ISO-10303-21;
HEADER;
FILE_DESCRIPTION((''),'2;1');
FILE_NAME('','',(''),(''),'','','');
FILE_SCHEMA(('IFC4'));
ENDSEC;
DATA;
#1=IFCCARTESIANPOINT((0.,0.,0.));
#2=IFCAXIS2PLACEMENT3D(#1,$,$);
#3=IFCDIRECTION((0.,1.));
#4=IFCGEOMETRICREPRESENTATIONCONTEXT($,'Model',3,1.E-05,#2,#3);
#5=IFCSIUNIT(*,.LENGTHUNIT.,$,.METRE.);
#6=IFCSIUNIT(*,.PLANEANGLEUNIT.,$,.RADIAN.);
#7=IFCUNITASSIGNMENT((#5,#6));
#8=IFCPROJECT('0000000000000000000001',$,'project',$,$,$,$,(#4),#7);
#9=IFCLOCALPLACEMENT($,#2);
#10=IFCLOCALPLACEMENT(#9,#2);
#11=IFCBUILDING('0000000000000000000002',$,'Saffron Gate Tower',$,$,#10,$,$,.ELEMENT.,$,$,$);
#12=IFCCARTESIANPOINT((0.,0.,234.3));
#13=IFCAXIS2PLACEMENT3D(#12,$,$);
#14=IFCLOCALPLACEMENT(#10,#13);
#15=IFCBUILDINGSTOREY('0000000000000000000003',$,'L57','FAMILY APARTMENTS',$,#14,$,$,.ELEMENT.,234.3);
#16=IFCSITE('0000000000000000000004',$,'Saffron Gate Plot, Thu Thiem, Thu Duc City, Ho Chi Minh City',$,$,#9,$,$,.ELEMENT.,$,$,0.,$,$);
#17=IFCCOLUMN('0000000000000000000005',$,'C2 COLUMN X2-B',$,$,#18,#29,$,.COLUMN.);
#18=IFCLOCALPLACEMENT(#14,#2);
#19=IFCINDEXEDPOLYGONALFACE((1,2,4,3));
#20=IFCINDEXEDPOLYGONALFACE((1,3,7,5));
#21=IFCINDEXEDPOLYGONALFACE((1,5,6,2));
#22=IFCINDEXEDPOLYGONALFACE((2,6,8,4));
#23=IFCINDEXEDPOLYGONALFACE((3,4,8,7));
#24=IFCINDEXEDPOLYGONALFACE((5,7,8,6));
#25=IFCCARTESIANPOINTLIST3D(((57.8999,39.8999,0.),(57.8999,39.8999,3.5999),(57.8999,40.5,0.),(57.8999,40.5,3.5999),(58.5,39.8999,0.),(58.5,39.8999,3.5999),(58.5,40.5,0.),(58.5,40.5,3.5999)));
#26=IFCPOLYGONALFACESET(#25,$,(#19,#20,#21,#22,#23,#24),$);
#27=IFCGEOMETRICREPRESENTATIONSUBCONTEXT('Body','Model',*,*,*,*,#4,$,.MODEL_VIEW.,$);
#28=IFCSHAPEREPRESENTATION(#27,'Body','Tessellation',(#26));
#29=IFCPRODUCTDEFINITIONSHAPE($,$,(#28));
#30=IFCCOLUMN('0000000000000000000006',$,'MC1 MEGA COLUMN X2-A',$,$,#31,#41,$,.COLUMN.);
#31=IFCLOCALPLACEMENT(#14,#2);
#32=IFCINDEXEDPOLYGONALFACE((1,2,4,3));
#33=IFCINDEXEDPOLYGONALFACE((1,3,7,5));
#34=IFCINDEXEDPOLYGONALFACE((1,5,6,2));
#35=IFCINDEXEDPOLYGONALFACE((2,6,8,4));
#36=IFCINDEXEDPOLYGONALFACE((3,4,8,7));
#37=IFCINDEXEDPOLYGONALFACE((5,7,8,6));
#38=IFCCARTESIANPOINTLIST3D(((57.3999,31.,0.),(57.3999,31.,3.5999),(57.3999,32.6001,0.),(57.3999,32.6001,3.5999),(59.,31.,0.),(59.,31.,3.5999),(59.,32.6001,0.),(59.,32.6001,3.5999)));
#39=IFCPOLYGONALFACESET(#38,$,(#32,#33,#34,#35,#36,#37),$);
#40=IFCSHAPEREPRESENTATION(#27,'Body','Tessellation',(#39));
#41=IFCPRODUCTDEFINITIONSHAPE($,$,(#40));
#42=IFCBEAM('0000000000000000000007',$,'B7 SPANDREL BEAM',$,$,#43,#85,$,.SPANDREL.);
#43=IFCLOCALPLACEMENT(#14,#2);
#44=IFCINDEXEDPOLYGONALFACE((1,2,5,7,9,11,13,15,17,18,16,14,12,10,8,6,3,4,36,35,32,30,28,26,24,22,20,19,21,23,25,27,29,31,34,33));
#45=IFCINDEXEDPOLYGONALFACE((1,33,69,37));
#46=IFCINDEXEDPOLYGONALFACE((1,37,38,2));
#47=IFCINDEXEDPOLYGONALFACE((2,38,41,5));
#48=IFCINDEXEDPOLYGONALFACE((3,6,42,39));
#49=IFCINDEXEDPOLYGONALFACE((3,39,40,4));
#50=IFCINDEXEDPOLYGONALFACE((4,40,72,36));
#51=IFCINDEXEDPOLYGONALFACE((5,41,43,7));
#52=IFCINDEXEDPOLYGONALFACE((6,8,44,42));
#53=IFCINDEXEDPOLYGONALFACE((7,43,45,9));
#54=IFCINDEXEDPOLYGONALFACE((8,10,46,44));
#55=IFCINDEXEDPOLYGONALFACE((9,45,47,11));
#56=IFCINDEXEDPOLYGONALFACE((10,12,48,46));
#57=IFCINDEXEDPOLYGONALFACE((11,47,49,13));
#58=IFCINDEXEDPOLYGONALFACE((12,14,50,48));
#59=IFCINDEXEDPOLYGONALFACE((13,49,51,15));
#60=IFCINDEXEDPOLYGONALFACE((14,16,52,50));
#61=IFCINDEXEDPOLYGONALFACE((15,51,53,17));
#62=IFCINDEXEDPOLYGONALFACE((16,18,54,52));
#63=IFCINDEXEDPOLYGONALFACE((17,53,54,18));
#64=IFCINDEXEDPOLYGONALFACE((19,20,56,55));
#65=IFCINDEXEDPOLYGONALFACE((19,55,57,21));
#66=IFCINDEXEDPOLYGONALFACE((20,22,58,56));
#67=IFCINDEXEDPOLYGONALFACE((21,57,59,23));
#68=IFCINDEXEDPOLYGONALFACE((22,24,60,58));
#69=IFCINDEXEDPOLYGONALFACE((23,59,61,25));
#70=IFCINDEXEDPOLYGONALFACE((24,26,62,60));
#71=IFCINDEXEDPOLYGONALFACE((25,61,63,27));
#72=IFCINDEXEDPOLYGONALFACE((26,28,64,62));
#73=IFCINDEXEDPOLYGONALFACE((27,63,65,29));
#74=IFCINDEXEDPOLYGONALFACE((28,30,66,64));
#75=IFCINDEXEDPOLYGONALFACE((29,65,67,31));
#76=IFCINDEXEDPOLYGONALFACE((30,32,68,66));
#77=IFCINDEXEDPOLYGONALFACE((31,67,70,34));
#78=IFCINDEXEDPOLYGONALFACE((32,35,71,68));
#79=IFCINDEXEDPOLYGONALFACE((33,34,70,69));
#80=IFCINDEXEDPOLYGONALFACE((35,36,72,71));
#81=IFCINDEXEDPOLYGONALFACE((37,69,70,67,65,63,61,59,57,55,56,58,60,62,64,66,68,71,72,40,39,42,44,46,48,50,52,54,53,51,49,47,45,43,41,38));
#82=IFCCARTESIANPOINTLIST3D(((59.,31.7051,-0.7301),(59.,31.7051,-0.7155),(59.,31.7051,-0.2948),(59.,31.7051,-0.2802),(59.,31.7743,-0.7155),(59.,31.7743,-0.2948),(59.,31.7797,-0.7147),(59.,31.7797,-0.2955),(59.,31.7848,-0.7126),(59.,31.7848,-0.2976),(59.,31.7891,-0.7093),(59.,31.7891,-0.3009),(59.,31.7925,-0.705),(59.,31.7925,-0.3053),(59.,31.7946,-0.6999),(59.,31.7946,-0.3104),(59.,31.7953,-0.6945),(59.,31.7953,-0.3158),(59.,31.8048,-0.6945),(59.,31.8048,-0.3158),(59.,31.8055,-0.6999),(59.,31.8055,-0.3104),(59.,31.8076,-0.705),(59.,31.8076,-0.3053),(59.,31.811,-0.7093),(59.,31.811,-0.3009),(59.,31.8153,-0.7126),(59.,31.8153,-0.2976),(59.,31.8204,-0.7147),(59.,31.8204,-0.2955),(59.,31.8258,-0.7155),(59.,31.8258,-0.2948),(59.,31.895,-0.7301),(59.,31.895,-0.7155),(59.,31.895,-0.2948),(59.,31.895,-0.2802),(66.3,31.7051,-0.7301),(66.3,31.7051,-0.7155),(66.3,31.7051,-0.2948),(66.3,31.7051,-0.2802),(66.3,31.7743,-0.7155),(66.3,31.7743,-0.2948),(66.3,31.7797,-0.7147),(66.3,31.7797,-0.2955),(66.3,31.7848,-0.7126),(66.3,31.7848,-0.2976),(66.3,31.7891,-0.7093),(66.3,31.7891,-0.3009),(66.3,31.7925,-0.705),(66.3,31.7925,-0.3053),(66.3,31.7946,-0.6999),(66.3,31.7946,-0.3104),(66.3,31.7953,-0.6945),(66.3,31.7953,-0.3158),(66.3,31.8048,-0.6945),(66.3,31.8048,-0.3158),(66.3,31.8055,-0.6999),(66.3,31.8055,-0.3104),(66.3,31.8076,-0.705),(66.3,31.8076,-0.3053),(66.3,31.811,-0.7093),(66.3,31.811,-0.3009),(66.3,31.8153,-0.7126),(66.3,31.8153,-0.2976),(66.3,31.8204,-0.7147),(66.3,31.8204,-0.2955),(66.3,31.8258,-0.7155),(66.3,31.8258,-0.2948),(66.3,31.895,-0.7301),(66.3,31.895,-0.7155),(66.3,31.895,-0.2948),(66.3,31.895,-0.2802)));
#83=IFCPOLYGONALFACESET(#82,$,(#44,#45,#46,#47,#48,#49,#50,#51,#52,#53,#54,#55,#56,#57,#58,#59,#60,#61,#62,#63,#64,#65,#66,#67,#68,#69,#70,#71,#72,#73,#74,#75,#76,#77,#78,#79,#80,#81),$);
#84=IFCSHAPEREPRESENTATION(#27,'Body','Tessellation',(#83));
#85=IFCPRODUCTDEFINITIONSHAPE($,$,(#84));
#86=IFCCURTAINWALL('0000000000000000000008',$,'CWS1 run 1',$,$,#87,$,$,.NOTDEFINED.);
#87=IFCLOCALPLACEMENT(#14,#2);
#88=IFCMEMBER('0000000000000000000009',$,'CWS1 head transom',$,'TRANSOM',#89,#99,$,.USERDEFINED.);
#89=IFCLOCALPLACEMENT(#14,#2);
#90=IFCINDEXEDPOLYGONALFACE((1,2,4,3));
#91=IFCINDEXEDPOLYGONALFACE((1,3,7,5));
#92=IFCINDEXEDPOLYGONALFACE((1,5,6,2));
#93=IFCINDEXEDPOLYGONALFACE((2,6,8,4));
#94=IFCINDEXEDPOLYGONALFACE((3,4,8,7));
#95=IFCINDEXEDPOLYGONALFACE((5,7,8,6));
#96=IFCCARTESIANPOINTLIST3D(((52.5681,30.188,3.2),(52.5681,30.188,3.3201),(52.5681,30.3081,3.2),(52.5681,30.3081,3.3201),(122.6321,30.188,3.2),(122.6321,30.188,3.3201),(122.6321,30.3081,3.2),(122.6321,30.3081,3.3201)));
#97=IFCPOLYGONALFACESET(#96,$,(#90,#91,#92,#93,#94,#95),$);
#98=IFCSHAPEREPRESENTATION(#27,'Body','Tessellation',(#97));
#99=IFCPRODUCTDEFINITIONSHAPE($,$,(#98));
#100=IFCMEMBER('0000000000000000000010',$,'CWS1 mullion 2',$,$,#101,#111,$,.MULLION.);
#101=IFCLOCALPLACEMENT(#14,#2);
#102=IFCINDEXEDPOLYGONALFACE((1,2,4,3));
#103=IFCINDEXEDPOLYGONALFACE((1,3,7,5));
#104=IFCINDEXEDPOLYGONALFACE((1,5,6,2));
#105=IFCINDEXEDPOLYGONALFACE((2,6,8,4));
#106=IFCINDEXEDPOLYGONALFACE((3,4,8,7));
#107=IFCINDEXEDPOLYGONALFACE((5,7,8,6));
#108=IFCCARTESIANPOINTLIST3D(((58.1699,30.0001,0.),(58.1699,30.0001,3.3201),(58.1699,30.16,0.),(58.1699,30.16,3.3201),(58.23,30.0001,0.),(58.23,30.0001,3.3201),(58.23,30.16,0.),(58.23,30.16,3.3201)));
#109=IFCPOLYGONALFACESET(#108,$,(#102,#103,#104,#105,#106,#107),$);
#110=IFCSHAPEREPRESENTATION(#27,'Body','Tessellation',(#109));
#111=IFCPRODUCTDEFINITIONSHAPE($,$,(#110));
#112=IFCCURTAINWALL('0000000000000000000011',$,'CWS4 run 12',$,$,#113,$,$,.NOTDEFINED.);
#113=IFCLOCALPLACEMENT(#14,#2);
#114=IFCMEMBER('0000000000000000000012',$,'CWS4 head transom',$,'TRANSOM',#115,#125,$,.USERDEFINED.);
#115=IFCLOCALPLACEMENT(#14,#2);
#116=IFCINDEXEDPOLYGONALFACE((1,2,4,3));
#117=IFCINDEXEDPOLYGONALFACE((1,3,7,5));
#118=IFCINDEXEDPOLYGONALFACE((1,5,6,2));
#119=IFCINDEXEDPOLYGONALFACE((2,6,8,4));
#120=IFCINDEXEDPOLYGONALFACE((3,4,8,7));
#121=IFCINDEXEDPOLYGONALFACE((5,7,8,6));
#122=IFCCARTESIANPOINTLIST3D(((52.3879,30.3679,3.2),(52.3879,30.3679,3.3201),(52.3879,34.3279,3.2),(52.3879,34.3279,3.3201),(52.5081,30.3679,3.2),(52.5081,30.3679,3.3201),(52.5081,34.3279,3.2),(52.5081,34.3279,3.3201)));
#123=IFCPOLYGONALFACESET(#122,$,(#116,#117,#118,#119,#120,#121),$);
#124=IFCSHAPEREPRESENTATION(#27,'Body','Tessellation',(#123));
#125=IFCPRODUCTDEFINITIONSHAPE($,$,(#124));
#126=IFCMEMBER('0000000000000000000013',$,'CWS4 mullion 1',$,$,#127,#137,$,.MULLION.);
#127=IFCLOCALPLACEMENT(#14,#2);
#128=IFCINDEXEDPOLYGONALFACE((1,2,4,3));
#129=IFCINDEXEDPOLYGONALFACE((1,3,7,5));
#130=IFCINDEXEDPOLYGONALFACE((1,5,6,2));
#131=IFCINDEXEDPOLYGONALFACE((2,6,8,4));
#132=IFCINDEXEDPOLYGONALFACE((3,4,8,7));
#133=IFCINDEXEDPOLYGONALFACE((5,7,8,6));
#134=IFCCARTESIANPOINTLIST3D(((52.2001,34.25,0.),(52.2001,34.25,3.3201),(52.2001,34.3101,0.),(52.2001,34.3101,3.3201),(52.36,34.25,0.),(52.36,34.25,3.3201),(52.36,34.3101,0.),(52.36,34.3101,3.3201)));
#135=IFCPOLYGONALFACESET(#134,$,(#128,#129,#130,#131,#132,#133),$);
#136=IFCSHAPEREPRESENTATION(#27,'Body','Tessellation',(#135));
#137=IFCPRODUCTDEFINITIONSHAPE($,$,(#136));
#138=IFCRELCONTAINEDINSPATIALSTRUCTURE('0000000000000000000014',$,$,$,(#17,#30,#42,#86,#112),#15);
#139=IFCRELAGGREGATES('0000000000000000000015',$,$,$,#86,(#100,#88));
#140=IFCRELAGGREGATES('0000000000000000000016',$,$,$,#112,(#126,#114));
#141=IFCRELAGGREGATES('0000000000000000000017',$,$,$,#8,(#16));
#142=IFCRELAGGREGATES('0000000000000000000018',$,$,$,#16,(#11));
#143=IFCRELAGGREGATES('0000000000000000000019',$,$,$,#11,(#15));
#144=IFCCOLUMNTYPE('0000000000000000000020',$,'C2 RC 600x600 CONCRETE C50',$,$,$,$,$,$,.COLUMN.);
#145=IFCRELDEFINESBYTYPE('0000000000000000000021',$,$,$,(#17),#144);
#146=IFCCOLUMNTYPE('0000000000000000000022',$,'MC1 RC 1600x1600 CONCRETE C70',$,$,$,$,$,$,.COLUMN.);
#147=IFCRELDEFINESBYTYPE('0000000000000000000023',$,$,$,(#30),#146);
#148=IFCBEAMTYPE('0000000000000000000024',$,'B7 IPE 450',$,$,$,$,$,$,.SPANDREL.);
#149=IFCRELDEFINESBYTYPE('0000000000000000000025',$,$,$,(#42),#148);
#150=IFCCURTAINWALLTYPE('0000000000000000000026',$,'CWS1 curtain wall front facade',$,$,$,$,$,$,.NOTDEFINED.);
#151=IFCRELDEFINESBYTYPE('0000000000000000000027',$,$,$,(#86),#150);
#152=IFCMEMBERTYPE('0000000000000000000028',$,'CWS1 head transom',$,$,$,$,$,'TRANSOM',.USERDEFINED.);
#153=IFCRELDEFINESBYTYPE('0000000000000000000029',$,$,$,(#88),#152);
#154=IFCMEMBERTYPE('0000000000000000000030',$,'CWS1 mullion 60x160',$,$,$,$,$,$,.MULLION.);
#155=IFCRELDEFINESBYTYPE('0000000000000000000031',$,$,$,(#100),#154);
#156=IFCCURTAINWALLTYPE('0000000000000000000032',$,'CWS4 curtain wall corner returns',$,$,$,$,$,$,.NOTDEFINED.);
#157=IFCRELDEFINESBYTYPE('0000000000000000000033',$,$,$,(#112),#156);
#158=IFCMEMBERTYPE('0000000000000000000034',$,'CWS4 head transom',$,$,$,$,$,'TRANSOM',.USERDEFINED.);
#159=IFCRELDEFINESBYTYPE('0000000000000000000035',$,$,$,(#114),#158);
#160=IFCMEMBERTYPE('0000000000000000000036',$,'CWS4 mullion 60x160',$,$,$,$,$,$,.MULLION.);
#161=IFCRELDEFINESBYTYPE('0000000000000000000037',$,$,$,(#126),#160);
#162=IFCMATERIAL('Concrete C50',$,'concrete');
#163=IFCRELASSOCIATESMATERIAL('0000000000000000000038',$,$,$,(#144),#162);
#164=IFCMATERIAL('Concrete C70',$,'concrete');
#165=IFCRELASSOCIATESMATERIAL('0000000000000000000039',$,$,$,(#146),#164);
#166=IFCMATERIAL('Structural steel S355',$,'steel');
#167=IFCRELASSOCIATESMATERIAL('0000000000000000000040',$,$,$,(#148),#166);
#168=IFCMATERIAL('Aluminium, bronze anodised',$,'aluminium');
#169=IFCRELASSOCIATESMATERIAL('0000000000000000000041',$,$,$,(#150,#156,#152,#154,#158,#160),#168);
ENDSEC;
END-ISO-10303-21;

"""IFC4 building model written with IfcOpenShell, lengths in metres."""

from ifc_helpers import new_model, si_unit, direction, frame, origin, origin_2d, place, context, subcontext, project, spatial, rectangle, i_section, extrude, material, material_profile, profile_set, type_object, element, aggregate, save


model = new_model("IFC4")

# Units and contexts
model_context = context("Model", 3, precision=1e-05, world=origin(), true_north=direction((0.0, 1.0)))
body_context = subcontext(model_context, "Body", "Model", "MODEL_VIEW")
ifc_project = project(units=[si_unit("LENGTHUNIT", "METRE"), si_unit("PLANEANGLEUNIT", "RADIAN")], contexts=[model_context])

# Site, building, storey
site_placement = place(None, origin())
site = spatial("IfcSite", under=ifc_project, at=site_placement, Name="Saffron Gate Plot, Thu Thiem, Thu Duc City, Ho Chi Minh City", CompositionType="ELEMENT", RefElevation=0.0)
building_placement = place(site_placement, origin())
building = spatial("IfcBuilding", under=site, at=building_placement, Name="Saffron Gate Tower", CompositionType="ELEMENT")
storey_placement = place(building_placement, frame((0.0, 0.0, 234.3)))
storey = spatial("IfcBuildingStorey", under=building, at=storey_placement, Name="L57", Description="FAMILY APARTMENTS", CompositionType="ELEMENT", Elevation=234.3)

# Columns
ifc_material_1 = material(Name="Concrete C50", Category="concrete")
ifc_material_profile_1 = material_profile(ifc_material_1, rectangle(XDim=0.6001, YDim=0.6001, at=origin_2d()))
ifc_profile_set_1 = profile_set([ifc_material_profile_1], Name="Concrete C50")
column_type_1 = type_object("IfcColumnType", Name="C2 RC 600x600 CONCRETE C50", PredefinedType="COLUMN", material=ifc_profile_set_1)
column_1_placement = place(storey_placement, frame((58.2, 40.2, 0.0), z_axis=(0.0, 0.0, 1.0), x_axis=(1.0, 0.0, 0.0)))
element("IfcColumn", 1, at=column_1_placement, inside=storey, type_object=column_type_1, Name="C2 COLUMN X2-B", PredefinedType="COLUMN", context=body_context, shape_type="SweptSolid", body=[
    extrude(rectangle(XDim=0.6001, YDim=0.6001, at=origin_2d()), origin(), (0.0, 0.0, 1.0), 3.5999),
])
ifc_material_2 = material(Name="Concrete C70", Category="concrete")
ifc_material_profile_2 = material_profile(ifc_material_2, rectangle(XDim=1.6001, YDim=1.6001, at=origin_2d()))
ifc_profile_set_2 = profile_set([ifc_material_profile_2], Name="Concrete C70")
column_type_2 = type_object("IfcColumnType", Name="MC1 RC 1600x1600 CONCRETE C70", PredefinedType="COLUMN", material=ifc_profile_set_2)
column_2_placement = place(storey_placement, frame((58.2, 31.8, 0.0), z_axis=(0.0, 0.0, 1.0), x_axis=(1.0, 0.0, 0.0)))
element("IfcColumn", 2, at=column_2_placement, inside=storey, type_object=column_type_2, Name="MC1 MEGA COLUMN X2-A", PredefinedType="COLUMN", context=body_context, shape_type="SweptSolid", body=[
    extrude(rectangle(XDim=1.6001, YDim=1.6001, at=origin_2d()), origin(), (0.0, 0.0, 1.0), 3.5999),
])

# Beam
ifc_material_3 = material(Name="Structural steel S355", Category="steel")
ifc_material_profile_3 = material_profile(ifc_material_3, i_section(OverallWidth=0.1899, OverallDepth=0.45, WebThickness=0.0095, FlangeThickness=0.0146, FilletRadius=0.021, at=origin_2d()))
ifc_profile_set_3 = profile_set([ifc_material_profile_3], Name="Structural steel S355")
beam_type = type_object("IfcBeamType", Name="B7 IPE 450", PredefinedType="SPANDREL", material=ifc_profile_set_3)
beam_placement = place(storey_placement, frame((59.0, 31.8, -0.5051), z_axis=(1.0, 0.0, 0.0), x_axis=(0.0, 1.0, 0.0)))
element("IfcBeam", 3, at=beam_placement, inside=storey, type_object=beam_type, Name="B7 SPANDREL BEAM", PredefinedType="SPANDREL", context=body_context, shape_type="SweptSolid", body=[
    extrude(i_section(OverallWidth=0.1899, OverallDepth=0.45, WebThickness=0.0095, FlangeThickness=0.0146, FilletRadius=0.021, at=origin_2d()), origin(), (0.0, 0.0, 1.0), 7.3),
])

# Curtain walls, members
ifc_material_4 = material(Name="Aluminium, bronze anodised", Category="aluminium")
curtain_wall_type_1 = type_object("IfcCurtainWallType", Name="CWS1 curtain wall front facade", PredefinedType="NOTDEFINED", material=ifc_material_4)
curtain_wall_1_placement = place(storey_placement, origin())
curtain_wall_1 = element("IfcCurtainWall", 4, at=curtain_wall_1_placement, inside=storey, type_object=curtain_wall_type_1, Name="CWS1 run 1", PredefinedType="NOTDEFINED")
ifc_material_profile_4 = material_profile(ifc_material_4, rectangle(XDim=0.1201, YDim=0.1201, at=origin_2d()))
ifc_profile_set_4 = profile_set([ifc_material_profile_4], Name="Aluminium, bronze anodised")
member_type_1 = type_object("IfcMemberType", Name="CWS1 head transom", ElementType="TRANSOM", PredefinedType="USERDEFINED", material=ifc_profile_set_4)
member_1_placement = place(storey_placement, frame((52.5681, 30.248, 3.26), z_axis=(1.0, 0.0, 0.0), x_axis=(0.0, 1.0, 0.0)))
member_1 = element("IfcMember", 5, at=member_1_placement, type_object=member_type_1, Name="CWS1 head transom", ObjectType="TRANSOM", PredefinedType="USERDEFINED", context=body_context, shape_type="SweptSolid", body=[
    extrude(rectangle(XDim=0.1201, YDim=0.1201, at=origin_2d()), origin(), (0.0, 0.0, 1.0), 70.064),
])
ifc_material_profile_5 = material_profile(ifc_material_4, rectangle(XDim=0.1599, YDim=0.0601, at=origin_2d()))
ifc_profile_set_5 = profile_set([ifc_material_profile_5], Name="Aluminium, bronze anodised")
member_type_2 = type_object("IfcMemberType", Name="CWS1 mullion 60x160", PredefinedType="MULLION", material=ifc_profile_set_5)
member_2_placement = place(storey_placement, frame((58.2, 30.0801, 0.0), z_axis=(0.0, 0.0, 1.0), x_axis=(0.0, 1.0, 0.0)))
member_2 = element("IfcMember", 6, at=member_2_placement, type_object=member_type_2, Name="CWS1 mullion 2", PredefinedType="MULLION", context=body_context, shape_type="SweptSolid", body=[
    extrude(rectangle(XDim=0.1599, YDim=0.0601, at=origin_2d()), origin(), (0.0, 0.0, 1.0), 3.3201),
])
curtain_wall_type_2 = type_object("IfcCurtainWallType", Name="CWS4 curtain wall corner returns", PredefinedType="NOTDEFINED", material=ifc_material_4)
curtain_wall_2_placement = place(storey_placement, origin())
curtain_wall_2 = element("IfcCurtainWall", 7, at=curtain_wall_2_placement, inside=storey, type_object=curtain_wall_type_2, Name="CWS4 run 12", PredefinedType="NOTDEFINED")
ifc_material_profile_6 = material_profile(ifc_material_4, rectangle(XDim=0.1201, YDim=0.1201, at=origin_2d()))
ifc_profile_set_6 = profile_set([ifc_material_profile_6], Name="Aluminium, bronze anodised")
member_type_3 = type_object("IfcMemberType", Name="CWS4 head transom", ElementType="TRANSOM", PredefinedType="USERDEFINED", material=ifc_profile_set_6)
member_3_placement = place(storey_placement, frame((52.448, 34.3279, 3.26), z_axis=(0.0, -1.0, 0.0), x_axis=(1.0, 0.0, 0.0)))
member_3 = element("IfcMember", 8, at=member_3_placement, type_object=member_type_3, Name="CWS4 head transom", ObjectType="TRANSOM", PredefinedType="USERDEFINED", context=body_context, shape_type="SweptSolid", body=[
    extrude(rectangle(XDim=0.1201, YDim=0.1201, at=origin_2d()), origin(), (0.0, 0.0, 1.0), 3.96),
])
ifc_material_profile_7 = material_profile(ifc_material_4, rectangle(XDim=0.1599, YDim=0.0601, at=origin_2d()))
ifc_profile_set_7 = profile_set([ifc_material_profile_7], Name="Aluminium, bronze anodised")
member_type_4 = type_object("IfcMemberType", Name="CWS4 mullion 60x160", PredefinedType="MULLION", material=ifc_profile_set_7)
member_4_placement = place(storey_placement, frame((52.28, 34.28, 0.0), z_axis=(0.0, 0.0, 1.0), x_axis=(1.0, 0.0, 0.0)))
member_4 = element("IfcMember", 9, at=member_4_placement, type_object=member_type_4, Name="CWS4 mullion 1", PredefinedType="MULLION", context=body_context, shape_type="SweptSolid", body=[
    extrude(rectangle(XDim=0.1599, YDim=0.0601, at=origin_2d()), origin(), (0.0, 0.0, 1.0), 3.3201),
])

aggregate(curtain_wall_1, [member_2, member_1])

aggregate(curtain_wall_2, [member_4, member_3])

save(model, "model.ifc")
